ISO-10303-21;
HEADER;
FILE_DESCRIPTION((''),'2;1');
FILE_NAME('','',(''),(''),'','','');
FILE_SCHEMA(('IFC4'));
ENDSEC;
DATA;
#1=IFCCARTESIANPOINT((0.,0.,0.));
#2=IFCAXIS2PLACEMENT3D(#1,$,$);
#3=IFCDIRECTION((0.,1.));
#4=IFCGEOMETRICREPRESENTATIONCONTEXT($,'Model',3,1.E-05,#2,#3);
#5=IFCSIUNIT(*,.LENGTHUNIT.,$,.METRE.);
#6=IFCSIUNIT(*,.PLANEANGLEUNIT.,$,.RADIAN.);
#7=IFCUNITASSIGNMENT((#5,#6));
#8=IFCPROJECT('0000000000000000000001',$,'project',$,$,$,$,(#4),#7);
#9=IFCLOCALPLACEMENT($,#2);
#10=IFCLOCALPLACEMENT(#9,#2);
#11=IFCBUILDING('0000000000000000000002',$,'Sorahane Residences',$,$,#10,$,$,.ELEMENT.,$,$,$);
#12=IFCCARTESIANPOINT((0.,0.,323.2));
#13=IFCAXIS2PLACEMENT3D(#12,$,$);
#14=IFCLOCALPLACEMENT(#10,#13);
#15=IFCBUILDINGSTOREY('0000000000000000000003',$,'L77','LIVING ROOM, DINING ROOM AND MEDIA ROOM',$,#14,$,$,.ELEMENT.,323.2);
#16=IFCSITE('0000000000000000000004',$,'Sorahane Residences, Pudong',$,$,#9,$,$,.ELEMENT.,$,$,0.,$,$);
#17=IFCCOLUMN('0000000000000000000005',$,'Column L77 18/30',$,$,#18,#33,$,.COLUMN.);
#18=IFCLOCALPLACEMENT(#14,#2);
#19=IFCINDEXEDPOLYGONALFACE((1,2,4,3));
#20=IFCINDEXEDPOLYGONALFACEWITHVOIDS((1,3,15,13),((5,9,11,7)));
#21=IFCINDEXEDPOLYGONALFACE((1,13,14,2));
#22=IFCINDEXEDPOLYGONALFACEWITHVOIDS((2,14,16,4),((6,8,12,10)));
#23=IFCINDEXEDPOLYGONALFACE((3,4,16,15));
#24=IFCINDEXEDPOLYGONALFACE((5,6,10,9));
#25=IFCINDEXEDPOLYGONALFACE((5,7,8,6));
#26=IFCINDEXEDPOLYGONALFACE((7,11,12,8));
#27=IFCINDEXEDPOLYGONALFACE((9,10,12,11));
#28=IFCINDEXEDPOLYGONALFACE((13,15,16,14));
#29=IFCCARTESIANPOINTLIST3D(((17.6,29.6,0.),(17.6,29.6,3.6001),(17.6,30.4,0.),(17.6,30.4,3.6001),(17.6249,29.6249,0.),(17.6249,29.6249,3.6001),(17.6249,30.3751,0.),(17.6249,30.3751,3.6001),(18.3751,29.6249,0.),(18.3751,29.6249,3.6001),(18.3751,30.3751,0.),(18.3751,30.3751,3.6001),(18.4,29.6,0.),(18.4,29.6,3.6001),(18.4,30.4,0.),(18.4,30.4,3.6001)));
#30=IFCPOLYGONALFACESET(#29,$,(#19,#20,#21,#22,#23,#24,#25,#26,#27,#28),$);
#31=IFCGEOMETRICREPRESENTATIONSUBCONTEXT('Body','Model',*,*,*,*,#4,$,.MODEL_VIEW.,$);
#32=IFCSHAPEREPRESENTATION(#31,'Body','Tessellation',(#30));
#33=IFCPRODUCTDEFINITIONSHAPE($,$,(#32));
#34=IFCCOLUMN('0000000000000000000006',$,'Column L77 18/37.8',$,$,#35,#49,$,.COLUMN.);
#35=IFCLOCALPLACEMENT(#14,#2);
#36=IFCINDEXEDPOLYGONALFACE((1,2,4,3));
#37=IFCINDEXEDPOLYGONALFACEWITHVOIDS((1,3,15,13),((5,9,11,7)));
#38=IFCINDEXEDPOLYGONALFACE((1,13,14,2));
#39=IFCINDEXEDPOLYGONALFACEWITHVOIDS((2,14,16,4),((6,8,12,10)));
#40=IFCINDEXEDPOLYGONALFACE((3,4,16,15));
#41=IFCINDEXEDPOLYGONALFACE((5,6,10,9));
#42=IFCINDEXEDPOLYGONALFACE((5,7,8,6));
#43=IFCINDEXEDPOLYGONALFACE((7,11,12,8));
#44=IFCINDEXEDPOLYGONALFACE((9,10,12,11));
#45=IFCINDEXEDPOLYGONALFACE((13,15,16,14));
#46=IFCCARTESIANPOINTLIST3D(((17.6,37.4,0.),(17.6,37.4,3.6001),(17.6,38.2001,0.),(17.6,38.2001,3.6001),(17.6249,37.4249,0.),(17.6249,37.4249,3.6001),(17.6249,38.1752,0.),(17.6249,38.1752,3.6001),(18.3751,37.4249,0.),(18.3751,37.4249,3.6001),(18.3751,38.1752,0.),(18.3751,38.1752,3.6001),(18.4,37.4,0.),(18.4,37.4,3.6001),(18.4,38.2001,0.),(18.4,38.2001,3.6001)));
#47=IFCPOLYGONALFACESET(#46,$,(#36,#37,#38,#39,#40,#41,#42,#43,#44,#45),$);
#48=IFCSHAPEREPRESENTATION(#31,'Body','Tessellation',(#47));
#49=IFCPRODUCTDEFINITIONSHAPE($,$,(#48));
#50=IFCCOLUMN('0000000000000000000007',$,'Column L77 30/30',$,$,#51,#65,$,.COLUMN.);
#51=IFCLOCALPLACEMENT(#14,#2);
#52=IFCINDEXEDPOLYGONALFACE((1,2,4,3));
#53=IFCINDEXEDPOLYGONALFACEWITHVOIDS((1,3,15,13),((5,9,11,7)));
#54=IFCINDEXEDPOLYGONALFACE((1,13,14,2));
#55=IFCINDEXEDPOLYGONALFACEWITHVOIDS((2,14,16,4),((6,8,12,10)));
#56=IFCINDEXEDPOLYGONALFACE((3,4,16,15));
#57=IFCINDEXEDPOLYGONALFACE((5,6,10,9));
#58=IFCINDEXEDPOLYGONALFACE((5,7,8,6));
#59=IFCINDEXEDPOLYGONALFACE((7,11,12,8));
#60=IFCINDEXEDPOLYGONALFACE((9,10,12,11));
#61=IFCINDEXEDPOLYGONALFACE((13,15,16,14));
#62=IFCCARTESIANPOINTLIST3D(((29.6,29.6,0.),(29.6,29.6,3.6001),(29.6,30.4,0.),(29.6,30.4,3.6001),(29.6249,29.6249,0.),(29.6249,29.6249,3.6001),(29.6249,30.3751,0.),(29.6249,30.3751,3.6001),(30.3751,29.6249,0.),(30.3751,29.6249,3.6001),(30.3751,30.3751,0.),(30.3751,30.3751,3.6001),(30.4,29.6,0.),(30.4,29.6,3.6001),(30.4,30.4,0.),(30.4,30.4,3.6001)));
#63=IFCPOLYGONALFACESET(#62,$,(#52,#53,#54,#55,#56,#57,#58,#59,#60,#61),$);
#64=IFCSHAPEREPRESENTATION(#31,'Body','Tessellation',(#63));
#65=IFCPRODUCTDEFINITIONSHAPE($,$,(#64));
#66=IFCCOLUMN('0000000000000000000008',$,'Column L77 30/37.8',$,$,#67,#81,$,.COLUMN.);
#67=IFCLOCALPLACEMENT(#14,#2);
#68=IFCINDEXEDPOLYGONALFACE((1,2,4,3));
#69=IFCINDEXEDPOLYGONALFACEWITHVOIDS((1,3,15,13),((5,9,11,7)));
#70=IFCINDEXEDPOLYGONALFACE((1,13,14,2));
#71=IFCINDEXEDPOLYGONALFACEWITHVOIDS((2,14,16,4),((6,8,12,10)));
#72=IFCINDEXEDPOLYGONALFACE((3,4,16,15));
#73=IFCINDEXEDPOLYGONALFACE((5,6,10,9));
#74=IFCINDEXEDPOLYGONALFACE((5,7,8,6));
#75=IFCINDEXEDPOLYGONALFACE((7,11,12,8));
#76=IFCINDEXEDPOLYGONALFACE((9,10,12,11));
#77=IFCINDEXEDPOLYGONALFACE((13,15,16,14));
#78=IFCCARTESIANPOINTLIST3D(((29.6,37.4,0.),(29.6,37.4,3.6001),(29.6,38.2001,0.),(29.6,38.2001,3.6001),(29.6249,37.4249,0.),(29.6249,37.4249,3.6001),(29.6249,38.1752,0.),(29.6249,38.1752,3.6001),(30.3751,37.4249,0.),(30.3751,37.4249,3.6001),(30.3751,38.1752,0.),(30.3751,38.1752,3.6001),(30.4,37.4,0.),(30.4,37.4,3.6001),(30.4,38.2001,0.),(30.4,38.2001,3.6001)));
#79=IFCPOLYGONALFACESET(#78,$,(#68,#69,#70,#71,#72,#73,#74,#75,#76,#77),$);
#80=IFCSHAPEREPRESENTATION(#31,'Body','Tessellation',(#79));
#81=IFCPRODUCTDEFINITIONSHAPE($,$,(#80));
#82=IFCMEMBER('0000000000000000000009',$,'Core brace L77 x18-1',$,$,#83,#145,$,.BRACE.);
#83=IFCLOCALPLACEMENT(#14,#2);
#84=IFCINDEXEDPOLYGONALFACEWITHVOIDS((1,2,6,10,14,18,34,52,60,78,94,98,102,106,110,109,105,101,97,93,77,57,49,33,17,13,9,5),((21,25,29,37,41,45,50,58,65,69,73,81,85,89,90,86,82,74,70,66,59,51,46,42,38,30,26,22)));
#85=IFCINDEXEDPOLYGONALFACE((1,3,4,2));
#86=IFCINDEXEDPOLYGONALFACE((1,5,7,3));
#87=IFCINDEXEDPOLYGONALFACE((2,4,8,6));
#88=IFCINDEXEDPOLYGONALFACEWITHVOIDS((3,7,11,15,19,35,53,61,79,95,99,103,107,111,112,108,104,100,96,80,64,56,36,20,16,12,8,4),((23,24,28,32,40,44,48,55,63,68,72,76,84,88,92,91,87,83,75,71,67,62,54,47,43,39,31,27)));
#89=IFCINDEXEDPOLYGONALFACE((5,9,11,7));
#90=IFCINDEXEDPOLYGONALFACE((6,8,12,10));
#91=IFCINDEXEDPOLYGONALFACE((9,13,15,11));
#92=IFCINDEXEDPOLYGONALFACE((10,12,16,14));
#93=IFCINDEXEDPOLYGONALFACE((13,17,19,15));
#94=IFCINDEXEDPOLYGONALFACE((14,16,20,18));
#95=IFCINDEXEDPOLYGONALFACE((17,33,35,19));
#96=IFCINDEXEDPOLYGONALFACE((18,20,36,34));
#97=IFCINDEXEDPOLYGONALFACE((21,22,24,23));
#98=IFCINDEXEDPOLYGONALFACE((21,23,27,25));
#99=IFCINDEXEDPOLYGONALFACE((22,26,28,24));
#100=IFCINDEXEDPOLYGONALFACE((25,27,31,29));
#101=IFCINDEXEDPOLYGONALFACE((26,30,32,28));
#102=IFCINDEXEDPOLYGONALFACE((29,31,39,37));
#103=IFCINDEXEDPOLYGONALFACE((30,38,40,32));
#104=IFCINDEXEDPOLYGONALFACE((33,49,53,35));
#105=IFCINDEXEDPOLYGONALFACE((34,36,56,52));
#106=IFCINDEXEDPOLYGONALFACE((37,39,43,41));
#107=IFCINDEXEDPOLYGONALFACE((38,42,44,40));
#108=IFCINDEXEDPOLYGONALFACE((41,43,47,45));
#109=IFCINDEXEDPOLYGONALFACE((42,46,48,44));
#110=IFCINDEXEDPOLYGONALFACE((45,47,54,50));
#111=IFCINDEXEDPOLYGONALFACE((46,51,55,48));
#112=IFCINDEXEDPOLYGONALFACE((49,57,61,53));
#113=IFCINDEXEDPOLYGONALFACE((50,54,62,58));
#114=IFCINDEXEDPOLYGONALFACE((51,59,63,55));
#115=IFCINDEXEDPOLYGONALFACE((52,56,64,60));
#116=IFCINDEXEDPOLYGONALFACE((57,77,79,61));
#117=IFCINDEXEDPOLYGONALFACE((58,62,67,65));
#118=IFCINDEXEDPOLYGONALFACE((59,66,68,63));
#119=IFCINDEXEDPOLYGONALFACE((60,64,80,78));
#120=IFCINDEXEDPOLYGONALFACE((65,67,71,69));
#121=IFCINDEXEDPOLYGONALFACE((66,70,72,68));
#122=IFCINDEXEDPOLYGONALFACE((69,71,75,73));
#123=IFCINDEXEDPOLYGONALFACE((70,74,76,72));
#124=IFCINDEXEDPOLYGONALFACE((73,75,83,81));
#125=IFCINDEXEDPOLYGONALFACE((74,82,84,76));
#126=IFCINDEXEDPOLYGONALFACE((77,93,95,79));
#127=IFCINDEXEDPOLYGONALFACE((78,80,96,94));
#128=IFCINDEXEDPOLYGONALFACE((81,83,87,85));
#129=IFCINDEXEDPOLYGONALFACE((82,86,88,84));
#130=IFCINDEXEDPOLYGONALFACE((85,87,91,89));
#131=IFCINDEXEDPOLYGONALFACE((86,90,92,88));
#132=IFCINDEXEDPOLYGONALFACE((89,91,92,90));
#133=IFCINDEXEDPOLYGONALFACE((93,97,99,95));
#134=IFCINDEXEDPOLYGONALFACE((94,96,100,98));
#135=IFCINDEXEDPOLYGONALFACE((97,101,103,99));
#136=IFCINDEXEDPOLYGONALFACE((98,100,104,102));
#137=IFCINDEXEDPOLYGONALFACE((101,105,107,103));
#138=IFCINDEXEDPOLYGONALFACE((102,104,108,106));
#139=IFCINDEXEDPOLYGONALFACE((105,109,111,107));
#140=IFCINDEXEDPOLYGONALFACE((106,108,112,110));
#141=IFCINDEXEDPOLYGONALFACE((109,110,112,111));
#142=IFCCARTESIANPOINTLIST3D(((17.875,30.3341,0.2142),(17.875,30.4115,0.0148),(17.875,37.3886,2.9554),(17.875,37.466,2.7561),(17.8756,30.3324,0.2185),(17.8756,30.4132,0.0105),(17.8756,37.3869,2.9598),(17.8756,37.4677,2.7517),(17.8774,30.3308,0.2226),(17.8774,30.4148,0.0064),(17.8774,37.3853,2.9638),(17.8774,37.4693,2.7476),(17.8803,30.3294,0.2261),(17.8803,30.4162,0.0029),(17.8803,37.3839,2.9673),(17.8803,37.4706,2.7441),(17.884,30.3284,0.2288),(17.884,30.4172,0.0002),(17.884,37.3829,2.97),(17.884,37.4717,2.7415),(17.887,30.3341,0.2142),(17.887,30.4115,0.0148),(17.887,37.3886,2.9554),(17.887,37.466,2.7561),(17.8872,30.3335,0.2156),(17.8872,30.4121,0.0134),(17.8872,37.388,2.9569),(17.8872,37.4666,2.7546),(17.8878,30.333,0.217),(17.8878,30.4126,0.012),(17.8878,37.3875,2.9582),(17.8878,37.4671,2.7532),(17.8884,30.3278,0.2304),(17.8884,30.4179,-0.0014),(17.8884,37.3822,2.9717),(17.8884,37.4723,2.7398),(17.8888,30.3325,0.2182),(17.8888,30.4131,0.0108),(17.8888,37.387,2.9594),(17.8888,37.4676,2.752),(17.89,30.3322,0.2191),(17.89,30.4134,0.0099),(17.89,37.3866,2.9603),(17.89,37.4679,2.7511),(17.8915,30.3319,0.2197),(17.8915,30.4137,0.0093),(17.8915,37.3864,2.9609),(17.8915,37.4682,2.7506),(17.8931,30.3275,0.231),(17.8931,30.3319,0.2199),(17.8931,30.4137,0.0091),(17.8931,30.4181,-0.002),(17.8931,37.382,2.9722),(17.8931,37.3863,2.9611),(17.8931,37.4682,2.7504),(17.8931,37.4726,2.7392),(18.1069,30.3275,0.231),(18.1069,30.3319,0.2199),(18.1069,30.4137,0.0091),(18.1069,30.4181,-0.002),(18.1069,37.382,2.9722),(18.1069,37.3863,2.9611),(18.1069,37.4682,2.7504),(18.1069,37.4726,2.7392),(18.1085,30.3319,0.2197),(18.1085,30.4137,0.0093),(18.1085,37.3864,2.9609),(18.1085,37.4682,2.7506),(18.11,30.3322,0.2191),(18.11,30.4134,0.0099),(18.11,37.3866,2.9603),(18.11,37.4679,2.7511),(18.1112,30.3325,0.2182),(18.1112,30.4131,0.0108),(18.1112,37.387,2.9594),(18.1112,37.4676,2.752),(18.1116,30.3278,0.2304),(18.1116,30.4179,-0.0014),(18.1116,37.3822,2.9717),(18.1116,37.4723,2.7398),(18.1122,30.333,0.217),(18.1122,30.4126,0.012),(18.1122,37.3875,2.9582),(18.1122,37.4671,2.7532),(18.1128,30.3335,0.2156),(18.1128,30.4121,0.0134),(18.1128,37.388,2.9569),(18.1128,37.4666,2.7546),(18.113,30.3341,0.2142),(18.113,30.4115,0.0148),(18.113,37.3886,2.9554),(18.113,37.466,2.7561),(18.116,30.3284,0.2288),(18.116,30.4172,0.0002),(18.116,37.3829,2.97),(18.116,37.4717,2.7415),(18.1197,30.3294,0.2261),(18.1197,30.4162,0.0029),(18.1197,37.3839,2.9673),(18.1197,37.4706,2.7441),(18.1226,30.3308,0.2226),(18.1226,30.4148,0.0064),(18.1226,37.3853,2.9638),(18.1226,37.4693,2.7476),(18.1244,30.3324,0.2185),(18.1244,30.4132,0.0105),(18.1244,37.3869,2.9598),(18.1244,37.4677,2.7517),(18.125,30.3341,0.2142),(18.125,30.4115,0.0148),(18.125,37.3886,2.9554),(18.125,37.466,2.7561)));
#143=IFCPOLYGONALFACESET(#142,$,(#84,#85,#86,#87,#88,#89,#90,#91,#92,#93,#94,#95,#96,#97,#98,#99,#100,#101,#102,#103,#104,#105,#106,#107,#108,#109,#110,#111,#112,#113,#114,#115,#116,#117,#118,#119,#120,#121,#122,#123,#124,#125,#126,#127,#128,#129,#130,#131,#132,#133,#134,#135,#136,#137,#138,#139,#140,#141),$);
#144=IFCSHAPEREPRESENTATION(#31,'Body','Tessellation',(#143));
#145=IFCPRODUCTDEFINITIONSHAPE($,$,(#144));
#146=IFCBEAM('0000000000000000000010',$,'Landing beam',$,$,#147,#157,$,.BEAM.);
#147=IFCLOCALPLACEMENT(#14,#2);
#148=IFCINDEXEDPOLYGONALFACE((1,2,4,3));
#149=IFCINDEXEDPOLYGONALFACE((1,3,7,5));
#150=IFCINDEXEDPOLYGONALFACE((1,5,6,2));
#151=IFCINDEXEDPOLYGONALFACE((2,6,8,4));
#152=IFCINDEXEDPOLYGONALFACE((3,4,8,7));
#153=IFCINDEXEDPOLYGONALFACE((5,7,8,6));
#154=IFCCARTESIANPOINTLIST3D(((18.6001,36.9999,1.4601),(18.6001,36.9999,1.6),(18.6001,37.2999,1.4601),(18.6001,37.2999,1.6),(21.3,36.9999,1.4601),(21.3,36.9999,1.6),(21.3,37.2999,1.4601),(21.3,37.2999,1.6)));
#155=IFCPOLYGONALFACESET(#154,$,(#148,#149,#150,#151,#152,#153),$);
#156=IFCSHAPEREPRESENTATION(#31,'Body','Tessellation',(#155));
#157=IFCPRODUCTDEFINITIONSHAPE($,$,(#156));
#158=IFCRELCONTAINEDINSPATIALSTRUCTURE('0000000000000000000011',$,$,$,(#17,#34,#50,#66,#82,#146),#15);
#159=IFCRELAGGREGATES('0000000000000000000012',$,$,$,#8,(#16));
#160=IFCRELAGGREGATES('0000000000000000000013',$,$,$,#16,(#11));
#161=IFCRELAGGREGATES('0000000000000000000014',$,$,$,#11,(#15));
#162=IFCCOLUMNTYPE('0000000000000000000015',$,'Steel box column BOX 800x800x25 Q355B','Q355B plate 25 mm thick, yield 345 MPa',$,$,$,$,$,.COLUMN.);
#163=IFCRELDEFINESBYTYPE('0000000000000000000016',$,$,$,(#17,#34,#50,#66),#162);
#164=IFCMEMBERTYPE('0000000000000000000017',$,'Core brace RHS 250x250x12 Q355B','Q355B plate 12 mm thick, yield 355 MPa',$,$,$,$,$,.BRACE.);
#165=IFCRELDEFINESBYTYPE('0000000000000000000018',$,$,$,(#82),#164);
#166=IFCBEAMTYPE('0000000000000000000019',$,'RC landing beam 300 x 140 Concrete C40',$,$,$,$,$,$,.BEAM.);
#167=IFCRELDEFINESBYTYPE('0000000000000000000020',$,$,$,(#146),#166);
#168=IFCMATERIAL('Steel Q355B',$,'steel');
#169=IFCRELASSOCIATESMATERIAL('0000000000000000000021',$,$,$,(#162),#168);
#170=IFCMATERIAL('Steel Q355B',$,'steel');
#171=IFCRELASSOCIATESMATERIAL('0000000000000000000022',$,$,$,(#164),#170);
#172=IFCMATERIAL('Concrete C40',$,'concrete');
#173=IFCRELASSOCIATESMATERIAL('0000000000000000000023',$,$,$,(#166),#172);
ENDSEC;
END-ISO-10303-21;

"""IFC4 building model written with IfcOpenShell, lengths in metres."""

from ifc_helpers import new_model, si_unit, direction, frame, origin, origin_2d, place, context, subcontext, project, spatial, rectangle, hollow_rectangle, extrude, material, material_profile, profile_set, type_object, element, save


model = new_model("IFC4")

# Units and contexts
model_context = context("Model", 3, precision=1e-05, world=origin(), true_north=direction((0.0, 1.0)))
body_context = subcontext(model_context, "Body", "Model", "MODEL_VIEW")
ifc_project = project(units=[si_unit("LENGTHUNIT", "METRE"), si_unit("PLANEANGLEUNIT", "RADIAN")], contexts=[model_context])

# Site, building, storey
site_placement = place(None, origin())
site = spatial("IfcSite", under=ifc_project, at=site_placement, Name="Sorahane Residences, Pudong", CompositionType="ELEMENT", RefElevation=0.0)
building_placement = place(site_placement, origin())
building = spatial("IfcBuilding", under=site, at=building_placement, Name="Sorahane Residences", CompositionType="ELEMENT")
storey_placement = place(building_placement, frame((0.0, 0.0, 323.2)))
storey = spatial("IfcBuildingStorey", under=building, at=storey_placement, Name="L77", Description="LIVING ROOM, DINING ROOM AND MEDIA ROOM", CompositionType="ELEMENT", Elevation=323.2)

# Columns
ifc_material_1 = material(Name="Steel Q355B", Category="steel")
ifc_material_profile_1 = material_profile(ifc_material_1, hollow_rectangle(XDim=0.8, YDim=0.8, WallThickness=0.0249, at=origin_2d()), Name="BOX 800x800x25")
ifc_profile_set_1 = profile_set([ifc_material_profile_1], Name="Steel Q355B")
column_type = type_object("IfcColumnType", Name="Steel box column BOX 800x800x25 Q355B", Description="Q355B plate 25 mm thick, yield 345 MPa", PredefinedType="COLUMN", material=ifc_profile_set_1)
for number, where, z_axis, x_axis, name in (
    (1, (18.0, 30.0, 0.0), (0.0, 0.0, 1.0), (1.0, 0.0, 0.0), "Column L77 18/30"),
    (2, (18.0, 37.8, 0.0), (0.0, 0.0, 1.0), (1.0, 0.0, 0.0), "Column L77 18/37.8"),
    (3, (30.0, 30.0, 0.0), (0.0, 0.0, 1.0), (1.0, 0.0, 0.0), "Column L77 30/30"),
    (4, (30.0, 37.8, 0.0), (0.0, 0.0, 1.0), (1.0, 0.0, 0.0), "Column L77 30/37.8"),
):
    element("IfcColumn", number, at=place(storey_placement, frame(where, z_axis=z_axis, x_axis=x_axis)), inside=storey, type_object=column_type, Name=name, PredefinedType="COLUMN", context=body_context, shape_type="SweptSolid", body=[
        extrude(hollow_rectangle(XDim=0.8, YDim=0.8, WallThickness=0.0249, at=origin_2d()), origin(), (0.0, 0.0, 1.0), 3.6001),
    ])

# Member
ifc_material_2 = material(Name="Steel Q355B", Category="steel")
ifc_material_profile_2 = material_profile(ifc_material_2, hollow_rectangle(XDim=0.25, YDim=0.25, WallThickness=0.012, InnerFilletRadius=0.0061, OuterFilletRadius=0.0181, at=origin_2d()), Name="RHS 250x250x12")
ifc_profile_set_2 = profile_set([ifc_material_profile_2], Name="Steel Q355B")
member_type = type_object("IfcMemberType", Name="Core brace RHS 250x250x12 Q355B", Description="Q355B plate 12 mm thick, yield 355 MPa", PredefinedType="BRACE", material=ifc_profile_set_2)
member_placement = place(storey_placement, frame((18.0, 30.3728, 0.1145), z_axis=(0.0, 0.932102, 0.362196), x_axis=(-1.0, 0.0, 0.0)))
element("IfcMember", 5, at=member_placement, inside=storey, type_object=member_type, Name="Core brace L77 x18-1", PredefinedType="BRACE", context=body_context, shape_type="SweptSolid", body=[
    extrude(hollow_rectangle(XDim=0.25, YDim=0.25, WallThickness=0.012, InnerFilletRadius=0.0061, OuterFilletRadius=0.0181, at=origin_2d()), origin(), (0.0, 0.0, 1.0), 7.5684),
])

# Beam
ifc_material_3 = material(Name="Concrete C40", Category="concrete")
ifc_material_profile_3 = material_profile(ifc_material_3, rectangle(XDim=0.3, YDim=0.1399, at=origin_2d()), Name="300x140")
ifc_profile_set_3 = profile_set([ifc_material_profile_3], Name="Concrete C40")
beam_type_1 = type_object("IfcBeamType", Name="RC landing beam 300 x 140 Concrete C40", PredefinedType="BEAM", material=ifc_profile_set_3)
beam_placement = place(storey_placement, frame((18.6001, 37.1499, 1.53), z_axis=(1.0, 0.0, 0.0), x_axis=(0.0, 1.0, 0.0)))
element("IfcBeam", 6, at=beam_placement, inside=storey, type_object=beam_type_1, Name="Landing beam", PredefinedType="BEAM", context=body_context, shape_type="SweptSolid", body=[
    extrude(rectangle(XDim=0.3, YDim=0.1399, at=origin_2d()), origin(), (0.0, 0.0, 1.0), 2.7),
])

save(model, "model.ifc")
